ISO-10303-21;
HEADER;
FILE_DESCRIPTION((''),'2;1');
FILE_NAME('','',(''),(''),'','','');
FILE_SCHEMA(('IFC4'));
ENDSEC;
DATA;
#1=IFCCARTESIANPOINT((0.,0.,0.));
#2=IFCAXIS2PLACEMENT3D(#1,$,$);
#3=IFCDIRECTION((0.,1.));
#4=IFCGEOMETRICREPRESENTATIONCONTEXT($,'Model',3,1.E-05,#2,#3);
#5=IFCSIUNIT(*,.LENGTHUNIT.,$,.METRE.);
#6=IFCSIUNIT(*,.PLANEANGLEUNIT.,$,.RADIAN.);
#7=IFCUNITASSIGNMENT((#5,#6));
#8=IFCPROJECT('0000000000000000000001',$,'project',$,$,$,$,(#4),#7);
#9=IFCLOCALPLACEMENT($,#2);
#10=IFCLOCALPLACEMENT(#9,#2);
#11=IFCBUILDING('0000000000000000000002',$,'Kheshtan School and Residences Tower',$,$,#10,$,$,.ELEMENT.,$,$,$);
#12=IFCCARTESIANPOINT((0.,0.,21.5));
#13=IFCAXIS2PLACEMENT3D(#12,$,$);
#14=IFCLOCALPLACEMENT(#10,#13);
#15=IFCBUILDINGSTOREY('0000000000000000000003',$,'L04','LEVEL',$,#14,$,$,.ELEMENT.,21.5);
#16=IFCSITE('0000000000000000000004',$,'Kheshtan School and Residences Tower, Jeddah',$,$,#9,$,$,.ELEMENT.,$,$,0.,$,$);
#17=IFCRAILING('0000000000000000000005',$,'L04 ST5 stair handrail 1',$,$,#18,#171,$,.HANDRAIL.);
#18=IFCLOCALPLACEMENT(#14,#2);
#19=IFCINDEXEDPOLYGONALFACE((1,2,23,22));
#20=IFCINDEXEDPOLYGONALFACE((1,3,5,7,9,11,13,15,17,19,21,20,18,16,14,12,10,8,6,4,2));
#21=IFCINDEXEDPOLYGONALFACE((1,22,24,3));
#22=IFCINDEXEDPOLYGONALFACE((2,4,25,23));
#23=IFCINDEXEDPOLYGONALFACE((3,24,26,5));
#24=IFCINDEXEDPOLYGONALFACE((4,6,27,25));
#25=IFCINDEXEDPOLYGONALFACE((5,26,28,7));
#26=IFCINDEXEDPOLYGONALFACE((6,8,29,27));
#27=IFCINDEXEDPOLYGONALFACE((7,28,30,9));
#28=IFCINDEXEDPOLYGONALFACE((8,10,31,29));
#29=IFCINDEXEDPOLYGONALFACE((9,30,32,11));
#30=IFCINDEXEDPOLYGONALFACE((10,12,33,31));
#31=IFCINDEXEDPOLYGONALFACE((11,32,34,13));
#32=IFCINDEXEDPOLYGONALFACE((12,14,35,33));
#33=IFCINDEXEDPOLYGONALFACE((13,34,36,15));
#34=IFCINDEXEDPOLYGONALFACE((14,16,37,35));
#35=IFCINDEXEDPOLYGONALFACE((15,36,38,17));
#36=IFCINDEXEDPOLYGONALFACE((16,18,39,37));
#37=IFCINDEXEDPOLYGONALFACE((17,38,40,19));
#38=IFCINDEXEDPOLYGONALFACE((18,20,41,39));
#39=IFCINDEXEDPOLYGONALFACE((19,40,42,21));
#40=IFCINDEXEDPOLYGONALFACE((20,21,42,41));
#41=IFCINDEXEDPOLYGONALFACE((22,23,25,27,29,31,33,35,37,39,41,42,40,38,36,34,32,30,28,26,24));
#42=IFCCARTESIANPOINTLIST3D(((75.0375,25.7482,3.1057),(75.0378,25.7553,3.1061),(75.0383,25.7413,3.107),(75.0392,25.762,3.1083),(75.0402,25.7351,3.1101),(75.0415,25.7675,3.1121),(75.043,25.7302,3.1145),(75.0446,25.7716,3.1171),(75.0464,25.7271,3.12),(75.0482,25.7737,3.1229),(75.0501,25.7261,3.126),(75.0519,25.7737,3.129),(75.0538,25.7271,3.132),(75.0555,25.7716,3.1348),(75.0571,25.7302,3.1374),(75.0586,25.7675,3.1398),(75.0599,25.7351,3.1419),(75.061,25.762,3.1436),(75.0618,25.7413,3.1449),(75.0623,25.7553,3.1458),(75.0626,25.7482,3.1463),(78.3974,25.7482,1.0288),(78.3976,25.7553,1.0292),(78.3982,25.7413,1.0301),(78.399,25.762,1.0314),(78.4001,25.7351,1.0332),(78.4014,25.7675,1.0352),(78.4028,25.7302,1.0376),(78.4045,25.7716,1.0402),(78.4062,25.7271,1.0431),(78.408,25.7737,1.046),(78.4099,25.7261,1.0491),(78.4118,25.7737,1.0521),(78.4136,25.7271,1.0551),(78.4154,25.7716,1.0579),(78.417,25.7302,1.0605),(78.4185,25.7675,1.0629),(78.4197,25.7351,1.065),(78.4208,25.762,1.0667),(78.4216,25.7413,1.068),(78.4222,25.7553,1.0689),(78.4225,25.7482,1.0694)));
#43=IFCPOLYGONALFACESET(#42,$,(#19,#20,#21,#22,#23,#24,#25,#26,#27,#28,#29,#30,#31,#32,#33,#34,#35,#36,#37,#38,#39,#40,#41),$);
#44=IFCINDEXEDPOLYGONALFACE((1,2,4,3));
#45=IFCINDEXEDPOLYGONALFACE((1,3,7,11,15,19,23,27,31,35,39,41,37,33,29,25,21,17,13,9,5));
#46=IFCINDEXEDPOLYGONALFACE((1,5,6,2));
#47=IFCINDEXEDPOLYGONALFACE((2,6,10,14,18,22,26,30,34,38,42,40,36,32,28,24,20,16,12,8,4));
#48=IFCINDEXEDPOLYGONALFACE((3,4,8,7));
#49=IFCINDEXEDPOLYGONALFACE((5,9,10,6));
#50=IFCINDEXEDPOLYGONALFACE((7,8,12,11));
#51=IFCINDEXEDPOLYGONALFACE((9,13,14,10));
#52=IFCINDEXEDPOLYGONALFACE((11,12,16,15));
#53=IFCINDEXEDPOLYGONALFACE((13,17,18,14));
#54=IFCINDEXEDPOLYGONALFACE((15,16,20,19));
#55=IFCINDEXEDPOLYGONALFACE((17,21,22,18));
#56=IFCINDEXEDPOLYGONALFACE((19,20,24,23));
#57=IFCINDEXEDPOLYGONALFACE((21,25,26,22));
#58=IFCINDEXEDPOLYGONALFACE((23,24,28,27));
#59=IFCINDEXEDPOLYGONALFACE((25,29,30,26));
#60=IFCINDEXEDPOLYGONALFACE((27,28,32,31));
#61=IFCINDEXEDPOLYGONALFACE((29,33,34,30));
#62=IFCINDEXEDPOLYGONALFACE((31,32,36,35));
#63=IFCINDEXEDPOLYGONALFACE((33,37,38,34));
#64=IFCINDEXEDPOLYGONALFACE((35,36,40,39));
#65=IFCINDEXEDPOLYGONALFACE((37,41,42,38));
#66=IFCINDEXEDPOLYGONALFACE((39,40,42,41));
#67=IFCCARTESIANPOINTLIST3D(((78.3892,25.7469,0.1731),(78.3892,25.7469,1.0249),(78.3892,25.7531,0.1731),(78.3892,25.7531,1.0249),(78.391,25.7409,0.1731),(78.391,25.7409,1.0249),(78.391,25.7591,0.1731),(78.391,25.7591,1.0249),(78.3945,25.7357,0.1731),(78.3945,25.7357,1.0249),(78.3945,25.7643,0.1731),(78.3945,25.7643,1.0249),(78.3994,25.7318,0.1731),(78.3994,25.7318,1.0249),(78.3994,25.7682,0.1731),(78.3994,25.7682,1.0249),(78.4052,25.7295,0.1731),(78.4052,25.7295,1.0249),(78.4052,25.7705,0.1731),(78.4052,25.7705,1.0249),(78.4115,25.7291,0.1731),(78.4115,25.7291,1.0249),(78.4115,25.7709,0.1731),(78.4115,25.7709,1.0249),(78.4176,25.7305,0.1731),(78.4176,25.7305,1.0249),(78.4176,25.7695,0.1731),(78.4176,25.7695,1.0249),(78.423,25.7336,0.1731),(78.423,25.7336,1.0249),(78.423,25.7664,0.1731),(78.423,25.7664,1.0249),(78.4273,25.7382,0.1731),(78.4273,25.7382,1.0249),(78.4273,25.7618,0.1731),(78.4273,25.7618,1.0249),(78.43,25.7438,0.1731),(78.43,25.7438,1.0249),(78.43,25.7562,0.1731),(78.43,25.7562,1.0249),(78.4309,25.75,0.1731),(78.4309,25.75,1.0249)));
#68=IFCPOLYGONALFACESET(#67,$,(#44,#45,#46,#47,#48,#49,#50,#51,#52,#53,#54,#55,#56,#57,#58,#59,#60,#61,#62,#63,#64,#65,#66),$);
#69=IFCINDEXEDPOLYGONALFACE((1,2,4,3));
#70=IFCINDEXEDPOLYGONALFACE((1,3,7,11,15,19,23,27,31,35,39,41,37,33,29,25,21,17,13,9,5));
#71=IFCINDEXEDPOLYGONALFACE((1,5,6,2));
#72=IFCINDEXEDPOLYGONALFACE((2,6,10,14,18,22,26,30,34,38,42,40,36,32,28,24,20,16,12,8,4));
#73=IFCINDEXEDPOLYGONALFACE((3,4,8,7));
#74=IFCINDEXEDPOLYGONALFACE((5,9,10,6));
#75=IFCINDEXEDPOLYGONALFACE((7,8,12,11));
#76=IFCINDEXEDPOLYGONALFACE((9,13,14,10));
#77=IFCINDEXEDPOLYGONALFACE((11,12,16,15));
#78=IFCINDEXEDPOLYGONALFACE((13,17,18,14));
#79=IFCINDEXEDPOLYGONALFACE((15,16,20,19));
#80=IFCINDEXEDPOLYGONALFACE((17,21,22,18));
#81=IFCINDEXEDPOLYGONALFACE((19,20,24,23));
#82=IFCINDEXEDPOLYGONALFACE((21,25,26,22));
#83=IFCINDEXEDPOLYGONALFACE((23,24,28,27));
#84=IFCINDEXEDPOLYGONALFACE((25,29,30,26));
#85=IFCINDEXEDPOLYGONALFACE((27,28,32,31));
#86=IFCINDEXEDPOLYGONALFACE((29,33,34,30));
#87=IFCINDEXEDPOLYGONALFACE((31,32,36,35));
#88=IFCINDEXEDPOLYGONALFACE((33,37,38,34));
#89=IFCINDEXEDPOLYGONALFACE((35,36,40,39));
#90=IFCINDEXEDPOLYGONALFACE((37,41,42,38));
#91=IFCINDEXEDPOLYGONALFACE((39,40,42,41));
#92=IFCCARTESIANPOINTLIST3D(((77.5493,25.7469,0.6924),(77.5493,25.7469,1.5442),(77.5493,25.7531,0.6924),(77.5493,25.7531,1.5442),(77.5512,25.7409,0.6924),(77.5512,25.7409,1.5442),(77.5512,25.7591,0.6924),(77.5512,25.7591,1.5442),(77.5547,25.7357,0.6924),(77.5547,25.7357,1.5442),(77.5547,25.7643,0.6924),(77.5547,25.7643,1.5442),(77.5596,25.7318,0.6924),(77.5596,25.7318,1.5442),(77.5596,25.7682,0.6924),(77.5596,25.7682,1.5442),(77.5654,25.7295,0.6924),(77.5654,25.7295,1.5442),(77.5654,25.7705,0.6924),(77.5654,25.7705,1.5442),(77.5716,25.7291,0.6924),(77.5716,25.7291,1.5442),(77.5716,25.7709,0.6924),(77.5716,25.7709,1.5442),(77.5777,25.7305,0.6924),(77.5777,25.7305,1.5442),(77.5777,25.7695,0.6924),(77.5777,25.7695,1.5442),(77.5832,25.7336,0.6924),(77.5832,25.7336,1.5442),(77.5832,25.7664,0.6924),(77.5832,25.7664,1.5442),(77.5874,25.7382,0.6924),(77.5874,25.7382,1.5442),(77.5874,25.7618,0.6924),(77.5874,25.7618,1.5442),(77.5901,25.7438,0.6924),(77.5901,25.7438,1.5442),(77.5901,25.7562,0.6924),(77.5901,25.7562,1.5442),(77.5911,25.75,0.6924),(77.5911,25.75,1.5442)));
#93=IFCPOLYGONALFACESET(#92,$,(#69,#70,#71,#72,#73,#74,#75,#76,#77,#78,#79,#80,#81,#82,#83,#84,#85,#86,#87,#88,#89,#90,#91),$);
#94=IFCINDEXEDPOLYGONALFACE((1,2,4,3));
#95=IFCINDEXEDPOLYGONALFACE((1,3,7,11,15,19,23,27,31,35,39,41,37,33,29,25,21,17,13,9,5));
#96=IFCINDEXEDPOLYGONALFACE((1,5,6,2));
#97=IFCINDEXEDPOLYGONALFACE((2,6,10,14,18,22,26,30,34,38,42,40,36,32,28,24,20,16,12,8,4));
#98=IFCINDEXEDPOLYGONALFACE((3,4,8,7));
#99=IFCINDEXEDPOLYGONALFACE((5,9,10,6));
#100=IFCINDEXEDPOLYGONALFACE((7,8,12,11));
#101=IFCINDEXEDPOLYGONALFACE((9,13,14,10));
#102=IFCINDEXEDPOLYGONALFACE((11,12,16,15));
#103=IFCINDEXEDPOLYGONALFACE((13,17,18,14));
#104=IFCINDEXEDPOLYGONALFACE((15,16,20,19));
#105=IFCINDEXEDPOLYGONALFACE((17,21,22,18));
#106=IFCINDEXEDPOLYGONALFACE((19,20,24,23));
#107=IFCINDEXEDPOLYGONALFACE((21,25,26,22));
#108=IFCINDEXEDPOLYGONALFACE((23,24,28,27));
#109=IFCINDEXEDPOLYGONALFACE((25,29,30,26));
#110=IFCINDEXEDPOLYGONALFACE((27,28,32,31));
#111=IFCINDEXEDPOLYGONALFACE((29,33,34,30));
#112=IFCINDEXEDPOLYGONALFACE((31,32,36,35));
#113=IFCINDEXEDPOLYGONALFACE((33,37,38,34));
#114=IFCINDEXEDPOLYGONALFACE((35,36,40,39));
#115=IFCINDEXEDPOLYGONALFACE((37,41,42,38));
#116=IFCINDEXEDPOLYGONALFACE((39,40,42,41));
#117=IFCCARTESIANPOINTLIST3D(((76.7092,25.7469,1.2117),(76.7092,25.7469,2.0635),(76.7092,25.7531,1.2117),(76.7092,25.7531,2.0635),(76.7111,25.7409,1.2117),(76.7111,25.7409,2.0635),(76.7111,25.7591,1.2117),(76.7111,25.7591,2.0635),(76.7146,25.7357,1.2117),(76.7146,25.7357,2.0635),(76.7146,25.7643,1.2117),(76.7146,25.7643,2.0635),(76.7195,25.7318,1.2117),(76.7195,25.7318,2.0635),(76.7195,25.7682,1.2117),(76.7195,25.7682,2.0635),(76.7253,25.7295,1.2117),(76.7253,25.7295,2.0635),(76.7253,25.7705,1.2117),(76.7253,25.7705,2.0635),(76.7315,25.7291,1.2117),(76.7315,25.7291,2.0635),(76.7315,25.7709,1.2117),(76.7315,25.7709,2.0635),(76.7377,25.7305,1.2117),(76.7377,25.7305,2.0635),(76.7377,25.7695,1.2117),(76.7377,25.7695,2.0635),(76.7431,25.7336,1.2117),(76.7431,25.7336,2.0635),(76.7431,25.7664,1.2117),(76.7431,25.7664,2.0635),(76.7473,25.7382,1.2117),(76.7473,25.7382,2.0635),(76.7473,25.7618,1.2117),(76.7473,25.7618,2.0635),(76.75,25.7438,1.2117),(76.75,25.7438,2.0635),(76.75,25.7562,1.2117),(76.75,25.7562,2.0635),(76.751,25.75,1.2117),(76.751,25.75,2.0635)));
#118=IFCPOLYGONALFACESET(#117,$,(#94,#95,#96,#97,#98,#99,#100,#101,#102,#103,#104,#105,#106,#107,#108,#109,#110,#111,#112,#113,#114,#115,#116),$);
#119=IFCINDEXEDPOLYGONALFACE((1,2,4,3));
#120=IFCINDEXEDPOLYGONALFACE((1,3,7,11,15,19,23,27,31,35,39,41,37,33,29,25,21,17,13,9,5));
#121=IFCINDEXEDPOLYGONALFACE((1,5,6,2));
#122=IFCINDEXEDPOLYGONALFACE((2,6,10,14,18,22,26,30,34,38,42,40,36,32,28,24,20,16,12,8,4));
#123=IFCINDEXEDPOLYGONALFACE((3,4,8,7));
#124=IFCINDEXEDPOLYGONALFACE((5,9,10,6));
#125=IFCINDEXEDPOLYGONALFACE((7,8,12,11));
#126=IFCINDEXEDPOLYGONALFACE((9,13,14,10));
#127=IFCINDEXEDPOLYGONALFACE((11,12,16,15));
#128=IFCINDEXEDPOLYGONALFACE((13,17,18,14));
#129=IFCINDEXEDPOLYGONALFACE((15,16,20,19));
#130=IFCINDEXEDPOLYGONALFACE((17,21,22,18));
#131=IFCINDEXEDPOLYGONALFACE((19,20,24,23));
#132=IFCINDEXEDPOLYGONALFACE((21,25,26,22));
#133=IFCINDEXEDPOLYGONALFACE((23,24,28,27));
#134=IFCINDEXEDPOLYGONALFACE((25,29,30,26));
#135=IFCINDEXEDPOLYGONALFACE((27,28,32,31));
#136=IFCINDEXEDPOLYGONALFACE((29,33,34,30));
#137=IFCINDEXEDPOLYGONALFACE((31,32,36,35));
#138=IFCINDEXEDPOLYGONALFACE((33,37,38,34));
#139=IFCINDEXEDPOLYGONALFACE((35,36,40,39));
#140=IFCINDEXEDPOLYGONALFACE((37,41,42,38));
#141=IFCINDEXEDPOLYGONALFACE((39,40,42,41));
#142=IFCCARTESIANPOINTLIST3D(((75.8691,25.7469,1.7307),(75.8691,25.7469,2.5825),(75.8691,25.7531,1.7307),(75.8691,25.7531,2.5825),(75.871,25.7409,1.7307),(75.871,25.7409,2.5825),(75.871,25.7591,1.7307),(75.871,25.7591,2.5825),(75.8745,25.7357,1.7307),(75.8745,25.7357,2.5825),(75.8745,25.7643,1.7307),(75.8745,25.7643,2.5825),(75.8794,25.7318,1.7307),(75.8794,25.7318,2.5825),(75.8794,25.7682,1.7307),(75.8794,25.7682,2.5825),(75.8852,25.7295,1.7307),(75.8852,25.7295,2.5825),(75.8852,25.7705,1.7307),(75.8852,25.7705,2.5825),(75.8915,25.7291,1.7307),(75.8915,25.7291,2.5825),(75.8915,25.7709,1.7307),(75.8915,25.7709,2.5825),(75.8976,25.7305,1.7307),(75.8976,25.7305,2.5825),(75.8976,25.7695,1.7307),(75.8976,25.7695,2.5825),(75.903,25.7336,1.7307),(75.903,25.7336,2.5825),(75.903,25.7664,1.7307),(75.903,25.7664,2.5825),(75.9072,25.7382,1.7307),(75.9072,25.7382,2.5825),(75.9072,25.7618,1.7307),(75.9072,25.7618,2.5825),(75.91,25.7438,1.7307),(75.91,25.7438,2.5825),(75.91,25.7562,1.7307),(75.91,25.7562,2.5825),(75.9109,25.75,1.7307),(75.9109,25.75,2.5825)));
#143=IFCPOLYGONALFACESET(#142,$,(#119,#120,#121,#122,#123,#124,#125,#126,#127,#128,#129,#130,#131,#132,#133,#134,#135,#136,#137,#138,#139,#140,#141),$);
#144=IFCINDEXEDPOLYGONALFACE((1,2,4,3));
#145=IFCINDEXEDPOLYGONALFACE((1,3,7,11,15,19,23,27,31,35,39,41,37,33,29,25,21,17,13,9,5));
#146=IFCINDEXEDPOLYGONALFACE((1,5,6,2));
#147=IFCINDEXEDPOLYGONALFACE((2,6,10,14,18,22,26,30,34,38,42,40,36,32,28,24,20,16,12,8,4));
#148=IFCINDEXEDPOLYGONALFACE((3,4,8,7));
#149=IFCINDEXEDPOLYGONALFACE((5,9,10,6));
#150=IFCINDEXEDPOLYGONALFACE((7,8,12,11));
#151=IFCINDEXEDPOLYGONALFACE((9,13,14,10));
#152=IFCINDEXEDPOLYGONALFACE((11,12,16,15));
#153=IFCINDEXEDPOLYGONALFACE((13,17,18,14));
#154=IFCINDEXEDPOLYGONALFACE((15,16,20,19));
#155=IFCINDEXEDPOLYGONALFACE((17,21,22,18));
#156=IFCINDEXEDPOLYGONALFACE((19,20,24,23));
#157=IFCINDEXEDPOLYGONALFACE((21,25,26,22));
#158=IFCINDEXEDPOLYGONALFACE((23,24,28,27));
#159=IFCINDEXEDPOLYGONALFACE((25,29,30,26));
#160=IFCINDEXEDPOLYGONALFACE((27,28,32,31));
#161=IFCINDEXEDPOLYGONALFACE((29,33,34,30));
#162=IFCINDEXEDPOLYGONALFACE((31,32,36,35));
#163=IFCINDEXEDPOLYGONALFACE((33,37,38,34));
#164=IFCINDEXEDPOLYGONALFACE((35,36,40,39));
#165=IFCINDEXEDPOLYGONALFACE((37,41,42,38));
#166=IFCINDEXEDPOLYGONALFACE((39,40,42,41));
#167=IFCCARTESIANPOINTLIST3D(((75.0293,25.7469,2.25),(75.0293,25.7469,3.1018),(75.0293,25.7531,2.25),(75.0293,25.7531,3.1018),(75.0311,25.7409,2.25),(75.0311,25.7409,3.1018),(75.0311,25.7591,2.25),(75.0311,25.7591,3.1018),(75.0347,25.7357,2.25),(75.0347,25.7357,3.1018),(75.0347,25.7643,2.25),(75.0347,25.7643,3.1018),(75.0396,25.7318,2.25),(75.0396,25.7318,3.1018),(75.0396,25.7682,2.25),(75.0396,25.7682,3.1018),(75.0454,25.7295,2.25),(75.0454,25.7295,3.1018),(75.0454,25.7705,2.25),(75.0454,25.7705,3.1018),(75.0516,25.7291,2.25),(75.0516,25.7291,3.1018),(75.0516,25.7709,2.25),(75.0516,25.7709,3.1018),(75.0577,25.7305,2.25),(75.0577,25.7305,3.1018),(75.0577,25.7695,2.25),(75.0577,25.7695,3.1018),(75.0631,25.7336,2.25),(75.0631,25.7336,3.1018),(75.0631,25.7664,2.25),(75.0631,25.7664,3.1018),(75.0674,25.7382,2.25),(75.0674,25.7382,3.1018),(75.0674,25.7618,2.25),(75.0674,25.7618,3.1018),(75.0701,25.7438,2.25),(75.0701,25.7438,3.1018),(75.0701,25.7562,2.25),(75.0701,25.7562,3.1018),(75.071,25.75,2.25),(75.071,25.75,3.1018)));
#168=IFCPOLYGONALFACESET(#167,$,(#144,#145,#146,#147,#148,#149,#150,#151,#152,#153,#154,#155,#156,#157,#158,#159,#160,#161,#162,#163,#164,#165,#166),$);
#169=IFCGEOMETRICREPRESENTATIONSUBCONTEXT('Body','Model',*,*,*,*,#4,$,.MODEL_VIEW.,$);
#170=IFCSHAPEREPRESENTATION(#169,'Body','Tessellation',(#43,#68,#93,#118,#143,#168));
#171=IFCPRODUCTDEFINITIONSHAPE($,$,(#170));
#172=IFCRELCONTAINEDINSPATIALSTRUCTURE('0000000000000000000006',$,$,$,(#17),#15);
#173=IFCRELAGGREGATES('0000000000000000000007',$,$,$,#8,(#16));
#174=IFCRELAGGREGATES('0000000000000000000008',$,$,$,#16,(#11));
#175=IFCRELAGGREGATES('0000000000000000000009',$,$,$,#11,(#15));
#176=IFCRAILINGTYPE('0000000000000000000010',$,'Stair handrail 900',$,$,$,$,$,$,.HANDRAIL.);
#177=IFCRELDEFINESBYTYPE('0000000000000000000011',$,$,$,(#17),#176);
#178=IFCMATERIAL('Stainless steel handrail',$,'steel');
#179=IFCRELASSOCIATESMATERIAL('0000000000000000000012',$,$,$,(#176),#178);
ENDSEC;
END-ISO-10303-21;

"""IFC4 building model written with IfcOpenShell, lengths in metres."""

from ifc_helpers import new_model, si_unit, direction, frame, origin, origin_2d, place, context, subcontext, project, spatial, circle, extrude, material, type_object, element, save


model = new_model("IFC4")

# Units and contexts
model_context = context("Model", 3, precision=1e-05, world=origin(), true_north=direction((0.0, 1.0)))
body_context = subcontext(model_context, "Body", "Model", "MODEL_VIEW")
ifc_project = project(units=[si_unit("LENGTHUNIT", "METRE"), si_unit("PLANEANGLEUNIT", "RADIAN")], contexts=[model_context])

# Site, building, storey
site_placement = place(None, origin())
site = spatial("IfcSite", under=ifc_project, at=site_placement, Name="Kheshtan School and Residences Tower, Jeddah", CompositionType="ELEMENT", RefElevation=0.0)
building_placement = place(site_placement, origin())
building = spatial("IfcBuilding", under=site, at=building_placement, Name="Kheshtan School and Residences Tower", CompositionType="ELEMENT")
storey_placement = place(building_placement, frame((0.0, 0.0, 21.5)))
storey = spatial("IfcBuildingStorey", under=building, at=storey_placement, Name="L04", Description="LEVEL", CompositionType="ELEMENT", Elevation=21.5)

# Railing
ifc_material_1 = material(Name="Stainless steel handrail", Category="steel")
railing_type_1 = type_object("IfcRailingType", Name="Stair handrail 900", PredefinedType="HANDRAIL", material=ifc_material_1)
railing_1_placement = place(storey_placement, frame((78.4099, 25.75, 0.1731)))
element("IfcRailing", 1, at=railing_1_placement, inside=storey, type_object=railing_type_1, Name="L04 ST5 stair handrail 1", PredefinedType="HANDRAIL", context=body_context, shape_type="SweptSolid", body=[
    extrude(circle(Radius=0.0239, at=origin_2d()), frame((0.0, 0.0, 0.876), z_axis=(-0.850606, 0.0, 0.525803), x_axis=(0.0, -1.0, 0.0)), (0.0, 0.0, 1.0), 3.95),
    extrude(circle(Radius=0.021, at=origin_2d()), origin(), (0.0, 0.0, 1.0), 0.8518),
    extrude(circle(Radius=0.021, at=origin_2d()), frame((-0.8398, 0.0, 0.5193)), (0.0, 0.0, 1.0), 0.8518),
    extrude(circle(Radius=0.021, at=origin_2d()), frame((-1.6799, 0.0, 1.0386)), (0.0, 0.0, 1.0), 0.8518),
    extrude(circle(Radius=0.021, at=origin_2d()), frame((-2.52, 0.0, 1.5576)), (0.0, 0.0, 1.0), 0.8518),
    extrude(circle(Radius=0.021, at=origin_2d()), frame((-3.3599, 0.0, 2.0769)), (0.0, 0.0, 1.0), 0.8518),
])

save(model, "model.ifc")
